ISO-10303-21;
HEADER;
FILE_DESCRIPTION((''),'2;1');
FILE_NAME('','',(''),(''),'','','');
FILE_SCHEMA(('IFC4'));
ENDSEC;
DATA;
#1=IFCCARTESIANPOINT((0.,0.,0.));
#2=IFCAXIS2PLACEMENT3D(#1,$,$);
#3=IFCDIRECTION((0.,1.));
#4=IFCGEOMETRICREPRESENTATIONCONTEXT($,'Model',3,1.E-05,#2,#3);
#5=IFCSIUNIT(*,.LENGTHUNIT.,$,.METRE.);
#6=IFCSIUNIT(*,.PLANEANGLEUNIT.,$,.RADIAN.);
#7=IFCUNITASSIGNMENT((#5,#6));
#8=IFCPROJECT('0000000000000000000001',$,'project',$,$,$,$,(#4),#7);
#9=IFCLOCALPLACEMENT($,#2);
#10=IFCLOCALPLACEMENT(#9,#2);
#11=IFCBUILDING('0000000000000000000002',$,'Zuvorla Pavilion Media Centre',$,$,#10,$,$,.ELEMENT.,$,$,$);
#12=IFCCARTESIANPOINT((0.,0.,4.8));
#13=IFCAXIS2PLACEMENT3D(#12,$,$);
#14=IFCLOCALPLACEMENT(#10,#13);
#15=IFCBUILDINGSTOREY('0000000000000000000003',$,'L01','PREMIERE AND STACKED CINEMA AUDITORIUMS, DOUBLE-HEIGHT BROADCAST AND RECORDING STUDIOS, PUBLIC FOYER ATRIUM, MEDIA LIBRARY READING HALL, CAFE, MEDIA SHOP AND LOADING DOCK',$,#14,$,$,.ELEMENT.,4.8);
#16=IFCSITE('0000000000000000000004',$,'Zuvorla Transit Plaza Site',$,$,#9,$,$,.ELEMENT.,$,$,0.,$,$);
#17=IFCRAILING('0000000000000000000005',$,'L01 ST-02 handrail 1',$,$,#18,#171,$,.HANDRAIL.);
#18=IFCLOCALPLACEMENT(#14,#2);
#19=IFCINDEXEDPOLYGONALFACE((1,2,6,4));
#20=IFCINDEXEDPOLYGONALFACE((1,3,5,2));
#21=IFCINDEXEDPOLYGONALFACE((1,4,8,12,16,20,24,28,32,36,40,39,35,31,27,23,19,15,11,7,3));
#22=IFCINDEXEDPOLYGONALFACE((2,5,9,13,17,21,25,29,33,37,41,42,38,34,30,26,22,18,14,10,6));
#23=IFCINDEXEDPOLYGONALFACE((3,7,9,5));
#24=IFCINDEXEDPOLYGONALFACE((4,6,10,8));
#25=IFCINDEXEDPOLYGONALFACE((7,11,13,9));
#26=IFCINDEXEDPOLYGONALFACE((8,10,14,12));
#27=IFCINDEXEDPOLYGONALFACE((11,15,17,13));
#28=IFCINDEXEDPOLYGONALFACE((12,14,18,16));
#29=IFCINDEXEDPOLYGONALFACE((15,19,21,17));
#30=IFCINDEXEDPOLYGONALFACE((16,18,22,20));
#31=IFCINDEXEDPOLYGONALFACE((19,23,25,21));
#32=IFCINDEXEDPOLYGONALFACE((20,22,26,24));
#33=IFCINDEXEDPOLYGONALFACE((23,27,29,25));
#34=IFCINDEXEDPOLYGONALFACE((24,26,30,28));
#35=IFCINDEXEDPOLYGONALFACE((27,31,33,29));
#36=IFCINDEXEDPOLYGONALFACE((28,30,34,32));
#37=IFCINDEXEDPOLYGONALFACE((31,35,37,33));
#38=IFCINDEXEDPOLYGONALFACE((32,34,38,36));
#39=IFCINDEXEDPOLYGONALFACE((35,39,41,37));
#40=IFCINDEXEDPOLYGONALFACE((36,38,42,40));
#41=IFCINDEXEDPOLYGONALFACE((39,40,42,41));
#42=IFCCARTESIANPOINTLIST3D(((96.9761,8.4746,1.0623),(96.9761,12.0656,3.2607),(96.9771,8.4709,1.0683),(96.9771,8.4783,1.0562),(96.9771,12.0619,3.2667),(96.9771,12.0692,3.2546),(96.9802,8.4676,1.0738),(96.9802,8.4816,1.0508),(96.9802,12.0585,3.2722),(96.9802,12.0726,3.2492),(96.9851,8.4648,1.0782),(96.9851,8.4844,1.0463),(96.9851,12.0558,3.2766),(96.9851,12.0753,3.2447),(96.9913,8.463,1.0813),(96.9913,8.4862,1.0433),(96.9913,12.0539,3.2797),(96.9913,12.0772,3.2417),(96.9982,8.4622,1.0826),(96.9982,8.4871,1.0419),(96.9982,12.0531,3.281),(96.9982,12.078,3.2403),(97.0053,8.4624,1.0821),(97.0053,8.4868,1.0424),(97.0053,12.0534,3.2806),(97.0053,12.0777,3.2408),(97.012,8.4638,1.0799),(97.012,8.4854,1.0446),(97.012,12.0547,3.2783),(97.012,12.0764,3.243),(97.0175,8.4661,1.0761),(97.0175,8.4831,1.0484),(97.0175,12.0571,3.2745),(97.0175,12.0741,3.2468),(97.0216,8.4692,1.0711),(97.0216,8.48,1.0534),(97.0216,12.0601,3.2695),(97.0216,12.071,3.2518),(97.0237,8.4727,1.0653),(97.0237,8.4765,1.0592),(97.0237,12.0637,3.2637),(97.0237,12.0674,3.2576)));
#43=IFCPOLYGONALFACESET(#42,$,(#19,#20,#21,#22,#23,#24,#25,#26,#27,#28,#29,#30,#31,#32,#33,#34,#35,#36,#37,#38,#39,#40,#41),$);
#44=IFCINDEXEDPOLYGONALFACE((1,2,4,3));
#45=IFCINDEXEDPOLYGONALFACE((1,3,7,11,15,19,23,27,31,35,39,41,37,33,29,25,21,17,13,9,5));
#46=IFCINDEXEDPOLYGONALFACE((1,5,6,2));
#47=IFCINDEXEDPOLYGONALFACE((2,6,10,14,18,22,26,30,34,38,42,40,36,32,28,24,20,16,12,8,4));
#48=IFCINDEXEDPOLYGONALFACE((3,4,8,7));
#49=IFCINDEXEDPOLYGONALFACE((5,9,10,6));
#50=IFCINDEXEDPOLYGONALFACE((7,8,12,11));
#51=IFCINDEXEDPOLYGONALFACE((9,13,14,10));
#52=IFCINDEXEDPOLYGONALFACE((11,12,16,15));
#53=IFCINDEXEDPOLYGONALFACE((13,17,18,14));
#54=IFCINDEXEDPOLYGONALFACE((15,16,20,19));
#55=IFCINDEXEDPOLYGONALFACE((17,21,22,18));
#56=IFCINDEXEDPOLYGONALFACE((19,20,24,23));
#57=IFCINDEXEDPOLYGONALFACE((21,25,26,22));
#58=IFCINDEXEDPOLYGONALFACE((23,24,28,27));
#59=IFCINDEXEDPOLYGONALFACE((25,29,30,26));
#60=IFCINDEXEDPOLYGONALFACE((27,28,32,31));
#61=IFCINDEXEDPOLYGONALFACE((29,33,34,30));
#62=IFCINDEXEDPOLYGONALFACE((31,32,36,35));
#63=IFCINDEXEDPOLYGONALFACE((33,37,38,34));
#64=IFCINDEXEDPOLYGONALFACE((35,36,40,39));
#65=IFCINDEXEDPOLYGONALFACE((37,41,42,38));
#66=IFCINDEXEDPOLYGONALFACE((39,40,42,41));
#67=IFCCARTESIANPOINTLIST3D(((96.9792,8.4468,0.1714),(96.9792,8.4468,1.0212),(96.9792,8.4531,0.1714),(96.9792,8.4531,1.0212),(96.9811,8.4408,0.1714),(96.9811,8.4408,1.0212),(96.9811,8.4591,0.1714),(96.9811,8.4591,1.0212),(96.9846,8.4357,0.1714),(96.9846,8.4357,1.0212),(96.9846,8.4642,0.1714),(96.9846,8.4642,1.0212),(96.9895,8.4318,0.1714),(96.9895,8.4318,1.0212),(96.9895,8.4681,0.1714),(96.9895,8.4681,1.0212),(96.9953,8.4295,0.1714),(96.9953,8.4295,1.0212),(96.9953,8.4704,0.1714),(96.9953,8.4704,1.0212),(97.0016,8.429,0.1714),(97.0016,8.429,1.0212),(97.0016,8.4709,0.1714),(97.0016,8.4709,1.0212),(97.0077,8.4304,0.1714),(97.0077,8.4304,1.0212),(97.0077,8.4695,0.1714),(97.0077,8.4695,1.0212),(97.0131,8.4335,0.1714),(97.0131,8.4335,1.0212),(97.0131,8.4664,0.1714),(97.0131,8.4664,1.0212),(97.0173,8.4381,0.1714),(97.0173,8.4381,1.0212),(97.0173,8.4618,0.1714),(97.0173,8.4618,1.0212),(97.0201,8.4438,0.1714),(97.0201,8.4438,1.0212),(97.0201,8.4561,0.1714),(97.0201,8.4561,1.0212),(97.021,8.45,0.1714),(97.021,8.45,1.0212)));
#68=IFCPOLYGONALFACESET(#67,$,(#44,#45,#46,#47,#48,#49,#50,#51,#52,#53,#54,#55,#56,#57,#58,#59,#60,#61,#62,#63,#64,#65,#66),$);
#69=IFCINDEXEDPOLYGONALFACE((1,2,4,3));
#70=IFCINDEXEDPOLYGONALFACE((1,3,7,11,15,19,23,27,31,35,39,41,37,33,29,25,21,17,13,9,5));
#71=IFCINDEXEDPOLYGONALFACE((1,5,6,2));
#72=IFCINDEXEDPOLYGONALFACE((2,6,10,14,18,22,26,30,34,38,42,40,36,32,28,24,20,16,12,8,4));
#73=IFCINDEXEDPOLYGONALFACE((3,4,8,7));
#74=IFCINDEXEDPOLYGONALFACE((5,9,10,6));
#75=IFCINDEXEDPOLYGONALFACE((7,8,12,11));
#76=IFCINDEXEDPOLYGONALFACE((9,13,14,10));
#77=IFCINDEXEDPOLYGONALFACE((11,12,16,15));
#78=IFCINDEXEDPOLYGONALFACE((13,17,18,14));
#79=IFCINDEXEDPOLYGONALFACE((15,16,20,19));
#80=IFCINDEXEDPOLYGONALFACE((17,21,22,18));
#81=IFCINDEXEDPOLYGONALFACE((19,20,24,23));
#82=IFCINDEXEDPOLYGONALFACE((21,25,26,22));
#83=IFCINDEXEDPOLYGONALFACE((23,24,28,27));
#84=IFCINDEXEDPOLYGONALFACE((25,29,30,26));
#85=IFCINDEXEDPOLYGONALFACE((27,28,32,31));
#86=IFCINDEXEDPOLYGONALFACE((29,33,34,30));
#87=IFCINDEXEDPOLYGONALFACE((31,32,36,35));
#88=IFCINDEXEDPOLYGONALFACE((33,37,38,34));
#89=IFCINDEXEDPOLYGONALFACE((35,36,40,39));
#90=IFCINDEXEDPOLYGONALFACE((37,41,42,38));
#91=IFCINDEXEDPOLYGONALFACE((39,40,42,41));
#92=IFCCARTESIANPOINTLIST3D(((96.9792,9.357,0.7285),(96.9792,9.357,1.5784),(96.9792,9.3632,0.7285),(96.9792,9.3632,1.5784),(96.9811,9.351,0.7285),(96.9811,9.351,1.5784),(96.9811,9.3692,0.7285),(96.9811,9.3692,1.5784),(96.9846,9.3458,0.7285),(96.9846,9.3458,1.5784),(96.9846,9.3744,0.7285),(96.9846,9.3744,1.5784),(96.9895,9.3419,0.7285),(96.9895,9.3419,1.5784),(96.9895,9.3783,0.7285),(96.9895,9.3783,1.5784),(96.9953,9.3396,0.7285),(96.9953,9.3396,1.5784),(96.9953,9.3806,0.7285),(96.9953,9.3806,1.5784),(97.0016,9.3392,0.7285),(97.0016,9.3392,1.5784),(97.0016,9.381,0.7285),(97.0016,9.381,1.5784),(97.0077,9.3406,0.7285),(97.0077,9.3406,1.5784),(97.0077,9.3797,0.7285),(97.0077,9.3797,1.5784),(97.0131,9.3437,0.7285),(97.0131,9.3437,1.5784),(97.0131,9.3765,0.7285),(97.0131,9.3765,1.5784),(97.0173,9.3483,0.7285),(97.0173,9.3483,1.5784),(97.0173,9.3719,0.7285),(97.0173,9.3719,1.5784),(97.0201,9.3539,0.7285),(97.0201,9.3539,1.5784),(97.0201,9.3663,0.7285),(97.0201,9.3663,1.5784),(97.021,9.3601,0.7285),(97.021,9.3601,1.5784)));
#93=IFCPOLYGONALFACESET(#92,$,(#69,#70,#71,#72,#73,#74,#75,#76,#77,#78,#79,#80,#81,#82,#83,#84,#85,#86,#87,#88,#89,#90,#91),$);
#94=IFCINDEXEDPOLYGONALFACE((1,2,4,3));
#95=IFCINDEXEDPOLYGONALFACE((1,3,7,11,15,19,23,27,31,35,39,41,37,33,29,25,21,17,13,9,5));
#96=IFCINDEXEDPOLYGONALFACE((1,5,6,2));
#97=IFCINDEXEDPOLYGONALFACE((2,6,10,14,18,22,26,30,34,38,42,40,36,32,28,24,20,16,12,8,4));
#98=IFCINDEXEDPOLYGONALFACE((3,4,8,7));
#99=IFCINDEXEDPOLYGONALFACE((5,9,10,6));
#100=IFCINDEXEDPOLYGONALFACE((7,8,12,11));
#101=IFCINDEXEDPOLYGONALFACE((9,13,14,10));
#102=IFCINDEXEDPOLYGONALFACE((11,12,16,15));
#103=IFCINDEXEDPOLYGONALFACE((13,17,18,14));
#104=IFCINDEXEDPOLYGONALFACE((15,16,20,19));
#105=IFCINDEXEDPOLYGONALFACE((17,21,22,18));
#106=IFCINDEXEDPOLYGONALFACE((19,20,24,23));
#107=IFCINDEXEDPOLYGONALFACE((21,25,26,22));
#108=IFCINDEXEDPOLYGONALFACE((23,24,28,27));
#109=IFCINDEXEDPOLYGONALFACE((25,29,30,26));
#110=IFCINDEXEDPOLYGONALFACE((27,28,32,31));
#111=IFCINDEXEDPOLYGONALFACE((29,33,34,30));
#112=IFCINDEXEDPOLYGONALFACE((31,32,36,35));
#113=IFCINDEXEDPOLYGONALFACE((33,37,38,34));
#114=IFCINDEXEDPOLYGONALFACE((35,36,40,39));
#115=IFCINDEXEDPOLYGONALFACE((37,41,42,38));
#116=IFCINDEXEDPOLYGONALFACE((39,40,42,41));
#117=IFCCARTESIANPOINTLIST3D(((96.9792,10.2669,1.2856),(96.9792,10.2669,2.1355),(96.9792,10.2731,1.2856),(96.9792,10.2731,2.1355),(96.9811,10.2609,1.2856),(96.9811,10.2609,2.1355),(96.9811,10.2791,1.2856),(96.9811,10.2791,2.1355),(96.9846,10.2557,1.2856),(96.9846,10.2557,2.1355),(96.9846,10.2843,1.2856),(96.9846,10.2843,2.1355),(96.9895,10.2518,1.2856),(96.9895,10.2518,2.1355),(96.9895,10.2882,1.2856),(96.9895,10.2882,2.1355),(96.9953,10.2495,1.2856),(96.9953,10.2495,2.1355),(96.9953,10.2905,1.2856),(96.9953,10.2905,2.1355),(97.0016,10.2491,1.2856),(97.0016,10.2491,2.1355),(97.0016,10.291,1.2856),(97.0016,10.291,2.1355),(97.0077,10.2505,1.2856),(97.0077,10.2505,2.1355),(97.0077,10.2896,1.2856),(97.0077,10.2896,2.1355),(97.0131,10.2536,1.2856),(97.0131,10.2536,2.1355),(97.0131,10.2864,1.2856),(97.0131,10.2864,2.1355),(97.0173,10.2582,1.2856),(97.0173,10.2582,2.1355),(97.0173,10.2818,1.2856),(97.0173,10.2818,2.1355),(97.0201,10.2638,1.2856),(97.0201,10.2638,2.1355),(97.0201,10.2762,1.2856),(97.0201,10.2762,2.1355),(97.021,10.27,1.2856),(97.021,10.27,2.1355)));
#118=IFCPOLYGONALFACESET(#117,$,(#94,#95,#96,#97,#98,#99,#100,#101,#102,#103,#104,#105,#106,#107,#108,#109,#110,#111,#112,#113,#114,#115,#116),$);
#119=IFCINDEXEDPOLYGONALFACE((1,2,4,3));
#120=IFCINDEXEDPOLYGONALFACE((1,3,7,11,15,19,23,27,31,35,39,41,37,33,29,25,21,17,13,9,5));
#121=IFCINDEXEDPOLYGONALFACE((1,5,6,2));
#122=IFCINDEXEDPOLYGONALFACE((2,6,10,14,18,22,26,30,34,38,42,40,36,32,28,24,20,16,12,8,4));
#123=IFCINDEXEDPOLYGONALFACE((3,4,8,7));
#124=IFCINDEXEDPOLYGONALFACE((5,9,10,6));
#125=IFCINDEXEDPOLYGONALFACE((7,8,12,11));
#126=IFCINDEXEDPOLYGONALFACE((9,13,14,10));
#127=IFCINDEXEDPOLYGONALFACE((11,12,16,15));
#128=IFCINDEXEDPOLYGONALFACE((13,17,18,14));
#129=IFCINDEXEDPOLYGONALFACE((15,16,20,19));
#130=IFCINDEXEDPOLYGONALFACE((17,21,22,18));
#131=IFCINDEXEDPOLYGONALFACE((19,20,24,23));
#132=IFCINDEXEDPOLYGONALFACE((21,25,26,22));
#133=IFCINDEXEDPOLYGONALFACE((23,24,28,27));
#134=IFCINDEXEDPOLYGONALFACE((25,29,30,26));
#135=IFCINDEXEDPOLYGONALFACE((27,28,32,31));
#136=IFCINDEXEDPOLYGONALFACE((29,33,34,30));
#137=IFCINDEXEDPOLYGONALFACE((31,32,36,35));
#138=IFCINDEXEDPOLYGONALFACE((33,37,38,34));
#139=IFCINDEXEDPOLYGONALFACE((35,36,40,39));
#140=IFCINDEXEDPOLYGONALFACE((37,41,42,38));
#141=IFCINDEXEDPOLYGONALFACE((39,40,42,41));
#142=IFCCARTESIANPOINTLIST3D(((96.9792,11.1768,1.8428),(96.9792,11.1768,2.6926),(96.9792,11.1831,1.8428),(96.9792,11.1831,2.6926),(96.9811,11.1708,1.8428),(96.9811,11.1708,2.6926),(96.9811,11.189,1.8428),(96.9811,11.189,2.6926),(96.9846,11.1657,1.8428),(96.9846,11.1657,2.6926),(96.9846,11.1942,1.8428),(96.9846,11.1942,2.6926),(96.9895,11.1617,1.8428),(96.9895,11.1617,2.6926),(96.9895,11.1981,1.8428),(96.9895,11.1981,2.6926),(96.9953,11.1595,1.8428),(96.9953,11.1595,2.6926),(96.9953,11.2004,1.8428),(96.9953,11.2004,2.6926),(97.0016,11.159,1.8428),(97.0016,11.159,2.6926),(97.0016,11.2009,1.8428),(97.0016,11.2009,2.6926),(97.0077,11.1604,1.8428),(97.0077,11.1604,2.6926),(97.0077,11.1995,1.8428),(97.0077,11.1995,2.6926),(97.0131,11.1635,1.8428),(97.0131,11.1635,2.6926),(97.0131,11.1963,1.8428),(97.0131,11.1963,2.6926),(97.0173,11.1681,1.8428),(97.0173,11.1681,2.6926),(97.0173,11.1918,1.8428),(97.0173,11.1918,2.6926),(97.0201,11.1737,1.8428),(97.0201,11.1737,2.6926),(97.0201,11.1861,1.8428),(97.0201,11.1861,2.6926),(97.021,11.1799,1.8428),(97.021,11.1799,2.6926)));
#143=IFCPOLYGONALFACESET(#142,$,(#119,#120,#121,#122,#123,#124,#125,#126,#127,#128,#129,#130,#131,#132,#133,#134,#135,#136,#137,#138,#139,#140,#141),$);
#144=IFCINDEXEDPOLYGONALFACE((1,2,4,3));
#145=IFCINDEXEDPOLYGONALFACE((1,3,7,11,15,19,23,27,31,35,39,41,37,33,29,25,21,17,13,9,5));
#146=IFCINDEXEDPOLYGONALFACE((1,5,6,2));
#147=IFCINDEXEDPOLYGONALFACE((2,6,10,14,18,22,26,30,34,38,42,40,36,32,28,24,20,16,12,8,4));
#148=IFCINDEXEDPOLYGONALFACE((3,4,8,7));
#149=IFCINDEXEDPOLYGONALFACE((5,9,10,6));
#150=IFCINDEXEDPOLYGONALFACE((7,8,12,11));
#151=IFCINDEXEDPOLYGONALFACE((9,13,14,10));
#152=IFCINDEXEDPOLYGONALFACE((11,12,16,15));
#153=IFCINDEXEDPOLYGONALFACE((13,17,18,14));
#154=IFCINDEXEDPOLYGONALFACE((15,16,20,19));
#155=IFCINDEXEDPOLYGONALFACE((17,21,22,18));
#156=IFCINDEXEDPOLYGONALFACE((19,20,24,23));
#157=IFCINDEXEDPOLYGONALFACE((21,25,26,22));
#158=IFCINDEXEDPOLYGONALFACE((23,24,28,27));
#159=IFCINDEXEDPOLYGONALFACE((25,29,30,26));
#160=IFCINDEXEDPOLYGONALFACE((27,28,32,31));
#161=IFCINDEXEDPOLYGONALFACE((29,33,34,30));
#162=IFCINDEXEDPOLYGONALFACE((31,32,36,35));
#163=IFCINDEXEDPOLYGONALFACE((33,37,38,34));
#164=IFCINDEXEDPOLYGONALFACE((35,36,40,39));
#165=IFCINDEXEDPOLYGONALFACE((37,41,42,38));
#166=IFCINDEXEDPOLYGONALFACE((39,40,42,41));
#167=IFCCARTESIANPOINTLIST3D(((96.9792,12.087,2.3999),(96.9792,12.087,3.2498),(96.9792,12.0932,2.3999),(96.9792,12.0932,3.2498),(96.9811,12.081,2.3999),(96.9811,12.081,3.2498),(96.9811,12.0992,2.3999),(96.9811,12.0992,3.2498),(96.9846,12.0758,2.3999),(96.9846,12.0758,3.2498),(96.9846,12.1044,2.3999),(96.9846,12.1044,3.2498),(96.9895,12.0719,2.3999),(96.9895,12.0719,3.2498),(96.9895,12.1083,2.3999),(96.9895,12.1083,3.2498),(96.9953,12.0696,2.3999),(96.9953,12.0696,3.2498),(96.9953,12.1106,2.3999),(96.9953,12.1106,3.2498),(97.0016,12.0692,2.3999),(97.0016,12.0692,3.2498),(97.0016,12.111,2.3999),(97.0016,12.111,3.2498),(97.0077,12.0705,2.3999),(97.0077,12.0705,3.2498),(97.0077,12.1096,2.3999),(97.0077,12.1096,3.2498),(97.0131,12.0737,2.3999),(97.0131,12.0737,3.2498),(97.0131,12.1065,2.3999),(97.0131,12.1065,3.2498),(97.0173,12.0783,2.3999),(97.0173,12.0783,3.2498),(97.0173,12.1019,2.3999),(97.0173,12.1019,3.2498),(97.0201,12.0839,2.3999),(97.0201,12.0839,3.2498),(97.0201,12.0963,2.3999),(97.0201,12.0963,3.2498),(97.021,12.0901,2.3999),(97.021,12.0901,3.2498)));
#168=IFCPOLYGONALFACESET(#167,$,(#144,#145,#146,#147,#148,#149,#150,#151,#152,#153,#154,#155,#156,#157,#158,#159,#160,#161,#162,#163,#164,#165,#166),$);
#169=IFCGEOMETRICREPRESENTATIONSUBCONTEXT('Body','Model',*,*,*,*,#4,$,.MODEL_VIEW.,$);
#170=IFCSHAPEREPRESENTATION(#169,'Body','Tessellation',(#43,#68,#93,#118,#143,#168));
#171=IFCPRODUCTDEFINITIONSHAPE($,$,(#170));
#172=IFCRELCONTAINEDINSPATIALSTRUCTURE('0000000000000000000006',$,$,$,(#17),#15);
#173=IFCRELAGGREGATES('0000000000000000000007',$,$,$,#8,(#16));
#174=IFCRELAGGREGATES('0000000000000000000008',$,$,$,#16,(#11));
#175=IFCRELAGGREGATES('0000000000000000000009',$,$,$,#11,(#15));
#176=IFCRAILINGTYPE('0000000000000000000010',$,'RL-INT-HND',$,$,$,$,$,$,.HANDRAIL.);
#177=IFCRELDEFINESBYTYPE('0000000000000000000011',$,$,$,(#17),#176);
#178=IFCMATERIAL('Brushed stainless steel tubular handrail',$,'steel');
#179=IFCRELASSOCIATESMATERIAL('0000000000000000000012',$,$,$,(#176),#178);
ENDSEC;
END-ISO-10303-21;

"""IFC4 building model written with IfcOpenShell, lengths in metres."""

from ifc_helpers import new_model, si_unit, direction, frame, origin, origin_2d, place, context, subcontext, project, spatial, circle, extrude, material, type_object, element, save


model = new_model("IFC4")

# Units and contexts
model_context = context("Model", 3, precision=1e-05, world=origin(), true_north=direction((0.0, 1.0)))
body_context = subcontext(model_context, "Body", "Model", "MODEL_VIEW")
ifc_project = project(units=[si_unit("LENGTHUNIT", "METRE"), si_unit("PLANEANGLEUNIT", "RADIAN")], contexts=[model_context])

# Site, building, storey
site_placement = place(None, origin())
site = spatial("IfcSite", under=ifc_project, at=site_placement, Name="Zuvorla Transit Plaza Site", CompositionType="ELEMENT", RefElevation=0.0)
building_placement = place(site_placement, origin())
building = spatial("IfcBuilding", under=site, at=building_placement, Name="Zuvorla Pavilion Media Centre", CompositionType="ELEMENT")
storey_placement = place(building_placement, frame((0.0, 0.0, 4.8)))
storey = spatial("IfcBuildingStorey", under=building, at=storey_placement, Name="L01", Description="PREMIERE AND STACKED CINEMA AUDITORIUMS, DOUBLE-HEIGHT BROADCAST AND RECORDING STUDIOS, PUBLIC FOYER ATRIUM, MEDIA LIBRARY READING HALL, CAFE, MEDIA SHOP AND LOADING DOCK", CompositionType="ELEMENT", Elevation=4.8)

# Railing
ifc_material_1 = material(Name="Brushed stainless steel tubular handrail", Category="steel")
railing_type_1 = type_object("IfcRailingType", Name="RL-INT-HND", PredefinedType="HANDRAIL", material=ifc_material_1)
railing_1_placement = place(storey_placement, frame((97.0, 8.45, 0.1714)))
element("IfcRailing", 1, at=railing_1_placement, inside=storey, type_object=railing_type_1, Name="L01 ST-02 handrail 1", PredefinedType="HANDRAIL", context=body_context, shape_type="SweptSolid", body=[
    extrude(circle(Radius=0.0239, at=origin_2d()), frame((0.0, 0.0247, 0.8909), z_axis=(0.0, 0.852866, 0.52213), x_axis=(-1.0, 0.0, 0.0)), (0.0, 0.0, 1.0), 4.2104),
    extrude(circle(Radius=0.021, at=origin_2d()), origin(), (0.0, 0.0, 1.0), 0.8499),
    extrude(circle(Radius=0.021, at=origin_2d()), frame((0.0, 0.9102, 0.5571)), (0.0, 0.0, 1.0), 0.8499),
    extrude(circle(Radius=0.021, at=origin_2d()), frame((0.0, 1.8201, 1.1143)), (0.0, 0.0, 1.0), 0.8499),
    extrude(circle(Radius=0.021, at=origin_2d()), frame((0.0, 2.73, 1.6714)), (0.0, 0.0, 1.0), 0.8499),
    extrude(circle(Radius=0.021, at=origin_2d()), frame((0.0, 3.6401, 2.2285)), (0.0, 0.0, 1.0), 0.8499),
])

save(model, "model.ifc")
